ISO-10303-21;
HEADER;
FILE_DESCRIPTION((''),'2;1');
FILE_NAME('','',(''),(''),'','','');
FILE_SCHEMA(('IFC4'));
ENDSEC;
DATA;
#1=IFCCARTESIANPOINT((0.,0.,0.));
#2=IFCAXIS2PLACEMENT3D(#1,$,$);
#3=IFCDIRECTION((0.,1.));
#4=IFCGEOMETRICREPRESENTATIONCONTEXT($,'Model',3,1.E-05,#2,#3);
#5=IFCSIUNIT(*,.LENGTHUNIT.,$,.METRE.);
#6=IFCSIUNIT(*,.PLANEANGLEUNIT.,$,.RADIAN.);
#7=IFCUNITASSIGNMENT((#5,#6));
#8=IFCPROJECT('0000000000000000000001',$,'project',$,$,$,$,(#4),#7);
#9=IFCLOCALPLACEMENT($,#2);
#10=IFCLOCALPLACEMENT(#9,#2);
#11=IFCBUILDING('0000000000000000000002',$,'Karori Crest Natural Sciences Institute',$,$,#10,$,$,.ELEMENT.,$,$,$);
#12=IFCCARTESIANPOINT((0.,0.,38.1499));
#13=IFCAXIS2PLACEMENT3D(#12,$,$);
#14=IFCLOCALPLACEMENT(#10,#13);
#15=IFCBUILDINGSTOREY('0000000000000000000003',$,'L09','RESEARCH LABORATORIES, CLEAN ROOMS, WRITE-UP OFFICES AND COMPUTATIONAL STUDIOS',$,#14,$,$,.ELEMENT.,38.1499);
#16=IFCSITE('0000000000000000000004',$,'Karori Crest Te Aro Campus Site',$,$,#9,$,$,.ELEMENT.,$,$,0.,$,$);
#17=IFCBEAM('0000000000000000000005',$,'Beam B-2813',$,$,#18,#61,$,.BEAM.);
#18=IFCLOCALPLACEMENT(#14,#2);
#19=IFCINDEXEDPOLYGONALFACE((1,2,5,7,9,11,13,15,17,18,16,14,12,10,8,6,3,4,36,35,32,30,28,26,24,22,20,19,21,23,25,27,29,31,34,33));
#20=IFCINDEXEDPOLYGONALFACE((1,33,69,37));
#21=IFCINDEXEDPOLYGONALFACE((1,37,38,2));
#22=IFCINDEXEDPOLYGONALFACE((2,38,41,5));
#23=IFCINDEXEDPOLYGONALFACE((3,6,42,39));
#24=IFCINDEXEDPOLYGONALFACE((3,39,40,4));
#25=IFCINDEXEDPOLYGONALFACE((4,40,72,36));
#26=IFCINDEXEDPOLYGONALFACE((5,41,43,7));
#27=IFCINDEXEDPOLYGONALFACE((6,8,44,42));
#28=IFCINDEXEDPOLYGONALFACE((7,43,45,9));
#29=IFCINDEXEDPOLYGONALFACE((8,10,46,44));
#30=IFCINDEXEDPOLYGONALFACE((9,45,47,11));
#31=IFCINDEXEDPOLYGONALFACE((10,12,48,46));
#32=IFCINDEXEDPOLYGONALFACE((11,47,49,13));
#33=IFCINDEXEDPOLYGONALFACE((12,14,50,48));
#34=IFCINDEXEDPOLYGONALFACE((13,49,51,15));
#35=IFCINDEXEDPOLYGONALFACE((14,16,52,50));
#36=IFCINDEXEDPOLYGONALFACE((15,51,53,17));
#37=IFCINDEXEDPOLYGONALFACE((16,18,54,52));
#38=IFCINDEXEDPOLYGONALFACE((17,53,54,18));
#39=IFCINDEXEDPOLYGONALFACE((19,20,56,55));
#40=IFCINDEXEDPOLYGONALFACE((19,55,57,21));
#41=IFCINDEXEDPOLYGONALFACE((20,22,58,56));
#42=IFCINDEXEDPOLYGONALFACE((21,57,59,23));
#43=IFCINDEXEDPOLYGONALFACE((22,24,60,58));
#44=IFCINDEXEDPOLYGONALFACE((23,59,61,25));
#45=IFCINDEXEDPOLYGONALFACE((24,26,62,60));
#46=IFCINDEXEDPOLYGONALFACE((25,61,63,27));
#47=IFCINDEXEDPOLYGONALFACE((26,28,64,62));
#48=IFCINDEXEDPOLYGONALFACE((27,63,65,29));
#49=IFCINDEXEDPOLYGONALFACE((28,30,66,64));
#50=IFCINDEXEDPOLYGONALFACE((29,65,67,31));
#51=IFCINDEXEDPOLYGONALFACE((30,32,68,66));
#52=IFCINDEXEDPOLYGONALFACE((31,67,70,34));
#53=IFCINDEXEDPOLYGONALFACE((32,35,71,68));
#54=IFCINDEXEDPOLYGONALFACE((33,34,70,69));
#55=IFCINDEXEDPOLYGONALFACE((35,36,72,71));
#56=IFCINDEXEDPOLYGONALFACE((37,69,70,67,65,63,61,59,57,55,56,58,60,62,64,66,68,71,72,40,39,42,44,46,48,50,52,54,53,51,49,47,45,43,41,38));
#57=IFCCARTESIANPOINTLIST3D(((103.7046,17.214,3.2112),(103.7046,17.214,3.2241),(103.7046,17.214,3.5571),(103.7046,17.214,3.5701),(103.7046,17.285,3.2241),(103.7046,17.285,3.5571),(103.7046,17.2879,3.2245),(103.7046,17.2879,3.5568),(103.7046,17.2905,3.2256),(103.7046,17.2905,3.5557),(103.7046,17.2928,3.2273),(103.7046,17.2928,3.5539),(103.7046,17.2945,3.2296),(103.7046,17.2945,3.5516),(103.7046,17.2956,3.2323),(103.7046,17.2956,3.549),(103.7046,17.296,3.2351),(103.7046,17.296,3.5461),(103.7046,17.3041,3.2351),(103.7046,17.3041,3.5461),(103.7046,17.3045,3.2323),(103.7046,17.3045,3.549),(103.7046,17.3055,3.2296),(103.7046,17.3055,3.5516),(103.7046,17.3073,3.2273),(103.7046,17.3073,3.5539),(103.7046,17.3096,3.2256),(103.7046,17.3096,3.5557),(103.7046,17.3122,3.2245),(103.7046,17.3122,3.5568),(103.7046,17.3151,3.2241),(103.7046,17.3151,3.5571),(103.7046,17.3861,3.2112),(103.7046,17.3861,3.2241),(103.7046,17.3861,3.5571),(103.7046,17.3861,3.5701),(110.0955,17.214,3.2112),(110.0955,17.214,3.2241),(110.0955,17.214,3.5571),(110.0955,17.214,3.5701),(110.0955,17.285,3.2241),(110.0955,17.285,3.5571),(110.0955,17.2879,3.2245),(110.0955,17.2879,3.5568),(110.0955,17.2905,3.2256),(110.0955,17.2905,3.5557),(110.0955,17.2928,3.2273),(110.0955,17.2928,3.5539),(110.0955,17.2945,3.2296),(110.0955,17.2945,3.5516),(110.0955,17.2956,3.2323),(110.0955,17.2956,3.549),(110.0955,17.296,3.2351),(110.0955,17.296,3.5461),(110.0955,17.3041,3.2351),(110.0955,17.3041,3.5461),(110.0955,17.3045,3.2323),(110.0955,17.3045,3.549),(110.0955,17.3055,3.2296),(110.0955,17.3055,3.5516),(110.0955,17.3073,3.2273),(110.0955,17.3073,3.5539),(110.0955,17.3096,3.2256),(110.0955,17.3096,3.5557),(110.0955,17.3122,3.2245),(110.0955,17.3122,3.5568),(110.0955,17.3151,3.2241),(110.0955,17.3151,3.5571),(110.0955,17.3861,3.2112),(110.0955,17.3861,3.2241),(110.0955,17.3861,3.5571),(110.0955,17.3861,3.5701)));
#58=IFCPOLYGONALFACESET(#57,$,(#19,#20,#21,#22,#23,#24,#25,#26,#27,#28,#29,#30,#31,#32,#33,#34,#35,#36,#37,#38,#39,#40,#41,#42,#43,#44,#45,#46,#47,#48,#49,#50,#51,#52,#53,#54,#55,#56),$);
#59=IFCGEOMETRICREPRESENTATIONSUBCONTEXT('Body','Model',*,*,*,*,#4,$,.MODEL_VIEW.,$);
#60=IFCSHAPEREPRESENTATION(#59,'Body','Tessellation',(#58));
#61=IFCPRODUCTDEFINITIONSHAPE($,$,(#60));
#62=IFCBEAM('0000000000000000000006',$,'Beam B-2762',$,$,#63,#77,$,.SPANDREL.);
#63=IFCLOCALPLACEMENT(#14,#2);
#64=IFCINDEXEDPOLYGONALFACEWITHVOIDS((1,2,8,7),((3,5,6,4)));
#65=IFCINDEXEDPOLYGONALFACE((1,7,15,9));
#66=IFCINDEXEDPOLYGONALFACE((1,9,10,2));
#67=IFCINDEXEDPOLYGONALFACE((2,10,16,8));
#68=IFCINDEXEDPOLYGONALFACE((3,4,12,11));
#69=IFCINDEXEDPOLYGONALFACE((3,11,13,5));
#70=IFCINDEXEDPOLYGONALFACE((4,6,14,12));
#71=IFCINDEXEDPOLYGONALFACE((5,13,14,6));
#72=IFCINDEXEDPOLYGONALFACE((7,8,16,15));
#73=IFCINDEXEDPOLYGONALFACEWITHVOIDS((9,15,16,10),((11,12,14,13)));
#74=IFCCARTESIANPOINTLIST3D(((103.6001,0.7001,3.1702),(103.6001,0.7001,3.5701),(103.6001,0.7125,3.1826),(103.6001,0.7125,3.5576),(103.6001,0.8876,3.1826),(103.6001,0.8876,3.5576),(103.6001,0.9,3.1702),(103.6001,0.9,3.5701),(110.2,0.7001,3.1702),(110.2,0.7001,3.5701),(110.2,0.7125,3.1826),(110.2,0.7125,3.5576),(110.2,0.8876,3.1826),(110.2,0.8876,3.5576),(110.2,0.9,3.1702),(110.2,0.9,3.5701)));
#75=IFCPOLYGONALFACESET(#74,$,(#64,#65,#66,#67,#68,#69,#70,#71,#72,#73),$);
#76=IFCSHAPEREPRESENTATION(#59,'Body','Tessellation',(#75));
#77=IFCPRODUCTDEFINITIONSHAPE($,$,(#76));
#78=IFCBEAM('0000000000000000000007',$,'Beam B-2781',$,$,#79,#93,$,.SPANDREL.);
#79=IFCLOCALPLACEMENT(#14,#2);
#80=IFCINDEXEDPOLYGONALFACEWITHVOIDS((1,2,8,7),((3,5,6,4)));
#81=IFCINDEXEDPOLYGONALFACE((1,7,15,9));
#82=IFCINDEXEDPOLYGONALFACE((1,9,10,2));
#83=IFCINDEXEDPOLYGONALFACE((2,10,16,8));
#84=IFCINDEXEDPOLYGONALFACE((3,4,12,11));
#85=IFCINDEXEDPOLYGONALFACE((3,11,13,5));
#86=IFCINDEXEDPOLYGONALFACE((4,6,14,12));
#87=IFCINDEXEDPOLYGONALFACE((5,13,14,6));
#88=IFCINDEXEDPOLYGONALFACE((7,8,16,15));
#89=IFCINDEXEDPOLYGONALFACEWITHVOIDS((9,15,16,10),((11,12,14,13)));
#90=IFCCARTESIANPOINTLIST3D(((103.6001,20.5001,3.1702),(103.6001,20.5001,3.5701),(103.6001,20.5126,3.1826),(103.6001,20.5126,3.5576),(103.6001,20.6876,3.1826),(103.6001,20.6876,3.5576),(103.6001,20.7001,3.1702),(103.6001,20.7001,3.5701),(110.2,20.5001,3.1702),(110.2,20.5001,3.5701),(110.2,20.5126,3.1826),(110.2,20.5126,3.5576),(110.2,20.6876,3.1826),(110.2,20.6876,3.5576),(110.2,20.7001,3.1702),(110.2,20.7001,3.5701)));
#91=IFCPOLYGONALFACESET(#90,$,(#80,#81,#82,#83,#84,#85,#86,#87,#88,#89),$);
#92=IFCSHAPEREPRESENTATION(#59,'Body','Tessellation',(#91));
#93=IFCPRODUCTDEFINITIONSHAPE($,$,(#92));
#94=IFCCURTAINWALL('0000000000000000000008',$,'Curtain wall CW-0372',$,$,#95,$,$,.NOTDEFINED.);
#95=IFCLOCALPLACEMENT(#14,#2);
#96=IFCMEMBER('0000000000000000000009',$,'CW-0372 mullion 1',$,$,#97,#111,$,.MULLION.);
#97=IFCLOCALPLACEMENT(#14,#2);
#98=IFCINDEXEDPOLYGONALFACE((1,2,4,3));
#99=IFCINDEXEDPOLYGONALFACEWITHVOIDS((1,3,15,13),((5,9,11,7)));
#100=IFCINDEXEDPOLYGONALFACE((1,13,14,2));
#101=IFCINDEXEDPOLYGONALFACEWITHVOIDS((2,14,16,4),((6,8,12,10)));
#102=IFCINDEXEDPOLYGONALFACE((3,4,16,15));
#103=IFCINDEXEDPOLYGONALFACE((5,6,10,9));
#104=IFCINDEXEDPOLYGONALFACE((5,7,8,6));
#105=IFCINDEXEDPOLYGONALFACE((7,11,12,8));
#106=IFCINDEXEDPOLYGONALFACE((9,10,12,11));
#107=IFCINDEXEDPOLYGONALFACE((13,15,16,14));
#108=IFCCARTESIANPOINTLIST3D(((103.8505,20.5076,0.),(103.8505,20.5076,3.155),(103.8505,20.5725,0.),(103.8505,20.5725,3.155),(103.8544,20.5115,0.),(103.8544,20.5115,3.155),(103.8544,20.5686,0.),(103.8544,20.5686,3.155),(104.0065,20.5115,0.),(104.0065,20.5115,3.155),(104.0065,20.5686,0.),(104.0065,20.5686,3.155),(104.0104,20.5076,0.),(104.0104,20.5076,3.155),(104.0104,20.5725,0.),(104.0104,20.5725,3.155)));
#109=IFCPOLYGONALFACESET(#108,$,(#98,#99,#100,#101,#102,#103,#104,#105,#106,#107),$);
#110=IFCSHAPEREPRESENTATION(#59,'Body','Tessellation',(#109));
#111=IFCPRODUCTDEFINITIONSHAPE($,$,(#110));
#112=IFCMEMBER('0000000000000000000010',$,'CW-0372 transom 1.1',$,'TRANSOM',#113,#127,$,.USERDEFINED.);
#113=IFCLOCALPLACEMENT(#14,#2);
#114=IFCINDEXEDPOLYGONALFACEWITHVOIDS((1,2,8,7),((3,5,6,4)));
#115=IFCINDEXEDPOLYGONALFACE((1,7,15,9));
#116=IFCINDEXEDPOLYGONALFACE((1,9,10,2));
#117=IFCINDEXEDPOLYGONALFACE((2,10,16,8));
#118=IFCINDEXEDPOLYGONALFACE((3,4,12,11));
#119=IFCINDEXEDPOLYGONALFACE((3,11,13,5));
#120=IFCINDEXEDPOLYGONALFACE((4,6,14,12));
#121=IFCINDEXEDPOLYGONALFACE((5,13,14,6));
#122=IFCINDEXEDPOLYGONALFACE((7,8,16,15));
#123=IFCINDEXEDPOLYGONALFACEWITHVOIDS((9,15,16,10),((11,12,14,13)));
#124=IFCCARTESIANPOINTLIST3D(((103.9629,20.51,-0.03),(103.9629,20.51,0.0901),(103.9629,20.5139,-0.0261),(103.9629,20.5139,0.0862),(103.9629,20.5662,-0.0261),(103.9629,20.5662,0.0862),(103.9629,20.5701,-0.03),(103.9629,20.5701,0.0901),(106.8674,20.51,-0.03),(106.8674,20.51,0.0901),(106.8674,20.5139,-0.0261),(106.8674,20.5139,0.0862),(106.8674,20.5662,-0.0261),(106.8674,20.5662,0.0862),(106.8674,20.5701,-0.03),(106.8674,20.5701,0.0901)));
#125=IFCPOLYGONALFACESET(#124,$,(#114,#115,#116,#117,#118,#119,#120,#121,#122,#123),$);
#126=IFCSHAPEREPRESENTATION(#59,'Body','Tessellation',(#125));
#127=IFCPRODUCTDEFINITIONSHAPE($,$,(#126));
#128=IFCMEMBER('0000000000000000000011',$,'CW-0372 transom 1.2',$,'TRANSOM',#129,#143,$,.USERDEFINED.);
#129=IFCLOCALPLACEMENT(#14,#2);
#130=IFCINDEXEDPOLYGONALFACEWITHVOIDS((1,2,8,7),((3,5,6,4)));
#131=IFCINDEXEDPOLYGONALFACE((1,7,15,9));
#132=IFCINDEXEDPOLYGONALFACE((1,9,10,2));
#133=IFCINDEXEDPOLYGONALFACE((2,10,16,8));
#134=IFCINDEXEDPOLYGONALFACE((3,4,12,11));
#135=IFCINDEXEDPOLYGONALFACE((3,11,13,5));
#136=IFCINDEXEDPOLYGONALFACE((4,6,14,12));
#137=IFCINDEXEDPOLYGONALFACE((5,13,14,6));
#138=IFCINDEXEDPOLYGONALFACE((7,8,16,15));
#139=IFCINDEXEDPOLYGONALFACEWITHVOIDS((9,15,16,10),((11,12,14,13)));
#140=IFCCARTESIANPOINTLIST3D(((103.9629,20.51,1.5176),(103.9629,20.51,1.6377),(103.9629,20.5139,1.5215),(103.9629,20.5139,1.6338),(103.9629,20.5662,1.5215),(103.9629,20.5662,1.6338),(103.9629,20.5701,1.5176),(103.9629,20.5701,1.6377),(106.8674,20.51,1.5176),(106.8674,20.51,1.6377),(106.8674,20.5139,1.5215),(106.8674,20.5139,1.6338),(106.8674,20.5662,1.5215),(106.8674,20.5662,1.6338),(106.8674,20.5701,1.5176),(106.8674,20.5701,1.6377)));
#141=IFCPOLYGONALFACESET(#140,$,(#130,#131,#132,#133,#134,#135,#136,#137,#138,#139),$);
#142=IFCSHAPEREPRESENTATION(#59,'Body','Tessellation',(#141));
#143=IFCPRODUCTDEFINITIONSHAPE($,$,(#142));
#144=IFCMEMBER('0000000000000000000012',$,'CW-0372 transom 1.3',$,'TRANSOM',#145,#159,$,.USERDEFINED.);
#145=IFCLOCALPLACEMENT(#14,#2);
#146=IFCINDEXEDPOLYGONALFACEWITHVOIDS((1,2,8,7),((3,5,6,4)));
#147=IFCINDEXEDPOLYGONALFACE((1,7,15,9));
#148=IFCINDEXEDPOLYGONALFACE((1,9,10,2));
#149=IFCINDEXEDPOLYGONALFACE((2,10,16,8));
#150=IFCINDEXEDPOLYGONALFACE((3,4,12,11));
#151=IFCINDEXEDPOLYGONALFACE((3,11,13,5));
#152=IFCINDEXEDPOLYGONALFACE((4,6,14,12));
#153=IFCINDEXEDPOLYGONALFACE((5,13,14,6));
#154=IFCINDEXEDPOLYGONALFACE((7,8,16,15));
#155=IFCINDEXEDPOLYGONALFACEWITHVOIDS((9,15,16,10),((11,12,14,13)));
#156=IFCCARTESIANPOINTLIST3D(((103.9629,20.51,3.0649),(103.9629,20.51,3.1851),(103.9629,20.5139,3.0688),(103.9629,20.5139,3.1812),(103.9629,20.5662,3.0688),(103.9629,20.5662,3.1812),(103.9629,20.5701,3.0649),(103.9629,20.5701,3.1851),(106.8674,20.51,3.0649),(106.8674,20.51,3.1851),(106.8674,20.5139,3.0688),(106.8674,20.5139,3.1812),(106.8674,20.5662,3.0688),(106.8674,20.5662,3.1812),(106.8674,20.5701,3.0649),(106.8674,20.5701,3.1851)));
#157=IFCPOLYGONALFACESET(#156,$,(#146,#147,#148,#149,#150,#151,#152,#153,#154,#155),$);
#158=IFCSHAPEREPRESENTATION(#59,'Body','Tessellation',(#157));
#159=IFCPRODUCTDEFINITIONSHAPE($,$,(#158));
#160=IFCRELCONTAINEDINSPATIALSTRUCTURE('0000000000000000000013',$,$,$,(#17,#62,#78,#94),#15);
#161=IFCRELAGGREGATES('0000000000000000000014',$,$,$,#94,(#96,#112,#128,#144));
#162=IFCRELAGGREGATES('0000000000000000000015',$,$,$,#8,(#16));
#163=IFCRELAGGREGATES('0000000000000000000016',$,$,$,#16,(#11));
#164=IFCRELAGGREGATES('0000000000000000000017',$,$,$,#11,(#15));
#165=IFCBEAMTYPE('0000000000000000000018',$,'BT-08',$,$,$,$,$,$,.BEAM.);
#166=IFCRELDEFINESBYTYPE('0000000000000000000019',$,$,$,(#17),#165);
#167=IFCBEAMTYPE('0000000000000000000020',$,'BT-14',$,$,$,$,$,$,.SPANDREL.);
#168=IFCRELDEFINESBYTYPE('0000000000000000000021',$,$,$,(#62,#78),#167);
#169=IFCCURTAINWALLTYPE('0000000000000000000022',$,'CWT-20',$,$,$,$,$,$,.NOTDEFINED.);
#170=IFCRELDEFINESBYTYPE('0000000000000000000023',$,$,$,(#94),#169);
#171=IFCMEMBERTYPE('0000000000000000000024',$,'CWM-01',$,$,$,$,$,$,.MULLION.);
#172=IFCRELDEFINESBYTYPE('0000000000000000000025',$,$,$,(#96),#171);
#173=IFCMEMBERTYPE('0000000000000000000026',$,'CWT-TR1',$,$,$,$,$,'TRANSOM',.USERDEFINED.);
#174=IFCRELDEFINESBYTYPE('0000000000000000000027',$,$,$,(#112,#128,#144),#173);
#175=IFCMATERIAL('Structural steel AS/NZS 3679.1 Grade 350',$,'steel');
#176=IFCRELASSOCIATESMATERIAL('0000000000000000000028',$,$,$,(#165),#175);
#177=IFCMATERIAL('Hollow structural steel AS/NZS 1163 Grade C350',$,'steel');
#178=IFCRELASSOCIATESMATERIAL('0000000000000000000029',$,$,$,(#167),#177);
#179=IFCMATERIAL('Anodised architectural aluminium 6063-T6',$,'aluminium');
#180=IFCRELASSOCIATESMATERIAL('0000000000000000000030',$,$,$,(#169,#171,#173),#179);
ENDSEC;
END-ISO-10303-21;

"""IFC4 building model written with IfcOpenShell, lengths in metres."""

from ifc_helpers import new_model, si_unit, direction, frame, origin, origin_2d, place, context, subcontext, project, spatial, hollow_rectangle, i_section, extrude, material, material_profile, profile_set, type_object, element, aggregate, save


model = new_model("IFC4")

# Units and contexts
model_context = context("Model", 3, precision=1e-05, world=origin(), true_north=direction((0.0, 1.0)))
body_context = subcontext(model_context, "Body", "Model", "MODEL_VIEW")
ifc_project = project(units=[si_unit("LENGTHUNIT", "METRE"), si_unit("PLANEANGLEUNIT", "RADIAN")], contexts=[model_context])

# Site, building, storey
site_placement = place(None, origin())
site = spatial("IfcSite", under=ifc_project, at=site_placement, Name="Karori Crest Te Aro Campus Site", CompositionType="ELEMENT", RefElevation=0.0)
building_placement = place(site_placement, origin())
building = spatial("IfcBuilding", under=site, at=building_placement, Name="Karori Crest Natural Sciences Institute", CompositionType="ELEMENT")
storey_placement = place(building_placement, frame((0.0, 0.0, 38.1499)))
storey = spatial("IfcBuildingStorey", under=building, at=storey_placement, Name="L09", Description="RESEARCH LABORATORIES, CLEAN ROOMS, WRITE-UP OFFICES AND COMPUTATIONAL STUDIOS", CompositionType="ELEMENT", Elevation=38.1499)

# Beams
ifc_material_1 = material(Name="Structural steel AS/NZS 3679.1 Grade 350", Category="steel")
ifc_material_profile_1 = material_profile(ifc_material_1, i_section(OverallWidth=0.1721, OverallDepth=0.3589, WebThickness=0.0081, FlangeThickness=0.0129, FilletRadius=0.011, at=origin_2d()), Name="360UB56.7")
ifc_profile_set_1 = profile_set([ifc_material_profile_1], Name="Structural steel AS/NZS 3679.1 Grade 350")
beam_type_1 = type_object("IfcBeamType", Name="BT-08", PredefinedType="BEAM", material=ifc_profile_set_1)
for number, where, z_axis, x_axis, name in (
    (1, (103.7046, 17.3, 3.3906), (1.0, 0.0, 0.0), (0.0, 1.0, 0.0), "Beam B-2813"),
):
    element("IfcBeam", number, at=place(storey_placement, frame(where, z_axis=z_axis, x_axis=x_axis)), inside=storey, type_object=beam_type_1, Name=name, PredefinedType="BEAM", context=body_context, shape_type="SweptSolid", body=[
        extrude(i_section(OverallWidth=0.1721, OverallDepth=0.3589, WebThickness=0.0081, FlangeThickness=0.0129, FilletRadius=0.011, at=origin_2d()), origin(), (0.0, 0.0, 1.0), 6.3909),
    ])
ifc_material_2 = material(Name="Hollow structural steel AS/NZS 1163 Grade C350", Category="steel")
ifc_material_profile_2 = material_profile(ifc_material_2, hollow_rectangle(XDim=0.2, YDim=0.3999, WallThickness=0.0125, at=origin_2d()), Name="RHS400x200x12.5")
ifc_profile_set_2 = profile_set([ifc_material_profile_2], Name="Hollow structural steel AS/NZS 1163 Grade C350")
beam_type_2 = type_object("IfcBeamType", Name="BT-14", PredefinedType="SPANDREL", material=ifc_profile_set_2)
for number, where, z_axis, x_axis, name in (
    (2, (103.6001, 0.8, 3.3701), (1.0, 0.0, 0.0), (0.0, 1.0, 0.0), "Beam B-2762"),
    (3, (103.6001, 20.6001, 3.3701), (1.0, 0.0, 0.0), (0.0, 1.0, 0.0), "Beam B-2781"),
):
    element("IfcBeam", number, at=place(storey_placement, frame(where, z_axis=z_axis, x_axis=x_axis)), inside=storey, type_object=beam_type_2, Name=name, PredefinedType="SPANDREL", context=body_context, shape_type="SweptSolid", body=[
        extrude(hollow_rectangle(XDim=0.2, YDim=0.3999, WallThickness=0.0125, at=origin_2d()), origin(), (0.0, 0.0, 1.0), 6.5999),
    ])

# Curtain wall, members
ifc_material_3 = material(Name="Anodised architectural aluminium 6063-T6", Category="aluminium")
curtain_wall_type = type_object("IfcCurtainWallType", Name="CWT-20", PredefinedType="NOTDEFINED", material=ifc_material_3)
curtain_wall_placement = place(storey_placement, origin())
curtain_wall = element("IfcCurtainWall", 4, at=curtain_wall_placement, inside=storey, type_object=curtain_wall_type, Name="Curtain wall CW-0372", PredefinedType="NOTDEFINED")
ifc_material_profile_3 = material_profile(ifc_material_3, hollow_rectangle(XDim=0.0649, YDim=0.1599, WallThickness=0.0039, at=origin_2d()), Name="CWM160x65x4")
ifc_profile_set_3 = profile_set([ifc_material_profile_3], Name="Anodised architectural aluminium 6063-T6")
member_type_1 = type_object("IfcMemberType", Name="CWM-01", PredefinedType="MULLION", material=ifc_profile_set_3)
member_1_placement = place(storey_placement, frame((103.9304, 20.54, 0.0), z_axis=(0.0, 0.0, 1.0), x_axis=(0.0, 1.0, 0.0)))
member_1 = element("IfcMember", 5, at=member_1_placement, type_object=member_type_1, Name="CW-0372 mullion 1", PredefinedType="MULLION", context=body_context, shape_type="SweptSolid", body=[
    extrude(hollow_rectangle(XDim=0.0649, YDim=0.1599, WallThickness=0.0039, at=origin_2d()), origin(), (0.0, 0.0, 1.0), 3.155),
])
ifc_material_profile_4 = material_profile(ifc_material_3, hollow_rectangle(XDim=0.0601, YDim=0.1201, WallThickness=0.0039, at=origin_2d()), Name="CWT120x60x4")
ifc_profile_set_4 = profile_set([ifc_material_profile_4], Name="Anodised architectural aluminium 6063-T6")
member_type_2 = type_object("IfcMemberType", Name="CWT-TR1", ElementType="TRANSOM", PredefinedType="USERDEFINED", material=ifc_profile_set_4)
member_2_placement = place(storey_placement, frame((103.9629, 20.54, 0.03), z_axis=(1.0, 0.0, 0.0), x_axis=(0.0, 1.0, 0.0)))
member_2 = element("IfcMember", 6, at=member_2_placement, type_object=member_type_2, Name="CW-0372 transom 1.1", ObjectType="TRANSOM", PredefinedType="USERDEFINED", context=body_context, shape_type="SweptSolid", body=[
    extrude(hollow_rectangle(XDim=0.0601, YDim=0.1201, WallThickness=0.0039, at=origin_2d()), origin(), (0.0, 0.0, 1.0), 2.9045),
])
member_3_placement = place(storey_placement, frame((103.9629, 20.54, 1.5776), z_axis=(1.0, 0.0, 0.0), x_axis=(0.0, 1.0, 0.0)))
member_3 = element("IfcMember", 7, at=member_3_placement, type_object=member_type_2, Name="CW-0372 transom 1.2", ObjectType="TRANSOM", PredefinedType="USERDEFINED", context=body_context, shape_type="SweptSolid", body=[
    extrude(hollow_rectangle(XDim=0.0601, YDim=0.1201, WallThickness=0.0039, at=origin_2d()), origin(), (0.0, 0.0, 1.0), 2.9045),
])
member_4_placement = place(storey_placement, frame((103.9629, 20.54, 3.125), z_axis=(1.0, 0.0, 0.0), x_axis=(0.0, 1.0, 0.0)))
member_4 = element("IfcMember", 8, at=member_4_placement, type_object=member_type_2, Name="CW-0372 transom 1.3", ObjectType="TRANSOM", PredefinedType="USERDEFINED", context=body_context, shape_type="SweptSolid", body=[
    extrude(hollow_rectangle(XDim=0.0601, YDim=0.1201, WallThickness=0.0039, at=origin_2d()), origin(), (0.0, 0.0, 1.0), 2.9045),
])

aggregate(curtain_wall, [member_1, member_2, member_3, member_4])

save(model, "model.ifc")
